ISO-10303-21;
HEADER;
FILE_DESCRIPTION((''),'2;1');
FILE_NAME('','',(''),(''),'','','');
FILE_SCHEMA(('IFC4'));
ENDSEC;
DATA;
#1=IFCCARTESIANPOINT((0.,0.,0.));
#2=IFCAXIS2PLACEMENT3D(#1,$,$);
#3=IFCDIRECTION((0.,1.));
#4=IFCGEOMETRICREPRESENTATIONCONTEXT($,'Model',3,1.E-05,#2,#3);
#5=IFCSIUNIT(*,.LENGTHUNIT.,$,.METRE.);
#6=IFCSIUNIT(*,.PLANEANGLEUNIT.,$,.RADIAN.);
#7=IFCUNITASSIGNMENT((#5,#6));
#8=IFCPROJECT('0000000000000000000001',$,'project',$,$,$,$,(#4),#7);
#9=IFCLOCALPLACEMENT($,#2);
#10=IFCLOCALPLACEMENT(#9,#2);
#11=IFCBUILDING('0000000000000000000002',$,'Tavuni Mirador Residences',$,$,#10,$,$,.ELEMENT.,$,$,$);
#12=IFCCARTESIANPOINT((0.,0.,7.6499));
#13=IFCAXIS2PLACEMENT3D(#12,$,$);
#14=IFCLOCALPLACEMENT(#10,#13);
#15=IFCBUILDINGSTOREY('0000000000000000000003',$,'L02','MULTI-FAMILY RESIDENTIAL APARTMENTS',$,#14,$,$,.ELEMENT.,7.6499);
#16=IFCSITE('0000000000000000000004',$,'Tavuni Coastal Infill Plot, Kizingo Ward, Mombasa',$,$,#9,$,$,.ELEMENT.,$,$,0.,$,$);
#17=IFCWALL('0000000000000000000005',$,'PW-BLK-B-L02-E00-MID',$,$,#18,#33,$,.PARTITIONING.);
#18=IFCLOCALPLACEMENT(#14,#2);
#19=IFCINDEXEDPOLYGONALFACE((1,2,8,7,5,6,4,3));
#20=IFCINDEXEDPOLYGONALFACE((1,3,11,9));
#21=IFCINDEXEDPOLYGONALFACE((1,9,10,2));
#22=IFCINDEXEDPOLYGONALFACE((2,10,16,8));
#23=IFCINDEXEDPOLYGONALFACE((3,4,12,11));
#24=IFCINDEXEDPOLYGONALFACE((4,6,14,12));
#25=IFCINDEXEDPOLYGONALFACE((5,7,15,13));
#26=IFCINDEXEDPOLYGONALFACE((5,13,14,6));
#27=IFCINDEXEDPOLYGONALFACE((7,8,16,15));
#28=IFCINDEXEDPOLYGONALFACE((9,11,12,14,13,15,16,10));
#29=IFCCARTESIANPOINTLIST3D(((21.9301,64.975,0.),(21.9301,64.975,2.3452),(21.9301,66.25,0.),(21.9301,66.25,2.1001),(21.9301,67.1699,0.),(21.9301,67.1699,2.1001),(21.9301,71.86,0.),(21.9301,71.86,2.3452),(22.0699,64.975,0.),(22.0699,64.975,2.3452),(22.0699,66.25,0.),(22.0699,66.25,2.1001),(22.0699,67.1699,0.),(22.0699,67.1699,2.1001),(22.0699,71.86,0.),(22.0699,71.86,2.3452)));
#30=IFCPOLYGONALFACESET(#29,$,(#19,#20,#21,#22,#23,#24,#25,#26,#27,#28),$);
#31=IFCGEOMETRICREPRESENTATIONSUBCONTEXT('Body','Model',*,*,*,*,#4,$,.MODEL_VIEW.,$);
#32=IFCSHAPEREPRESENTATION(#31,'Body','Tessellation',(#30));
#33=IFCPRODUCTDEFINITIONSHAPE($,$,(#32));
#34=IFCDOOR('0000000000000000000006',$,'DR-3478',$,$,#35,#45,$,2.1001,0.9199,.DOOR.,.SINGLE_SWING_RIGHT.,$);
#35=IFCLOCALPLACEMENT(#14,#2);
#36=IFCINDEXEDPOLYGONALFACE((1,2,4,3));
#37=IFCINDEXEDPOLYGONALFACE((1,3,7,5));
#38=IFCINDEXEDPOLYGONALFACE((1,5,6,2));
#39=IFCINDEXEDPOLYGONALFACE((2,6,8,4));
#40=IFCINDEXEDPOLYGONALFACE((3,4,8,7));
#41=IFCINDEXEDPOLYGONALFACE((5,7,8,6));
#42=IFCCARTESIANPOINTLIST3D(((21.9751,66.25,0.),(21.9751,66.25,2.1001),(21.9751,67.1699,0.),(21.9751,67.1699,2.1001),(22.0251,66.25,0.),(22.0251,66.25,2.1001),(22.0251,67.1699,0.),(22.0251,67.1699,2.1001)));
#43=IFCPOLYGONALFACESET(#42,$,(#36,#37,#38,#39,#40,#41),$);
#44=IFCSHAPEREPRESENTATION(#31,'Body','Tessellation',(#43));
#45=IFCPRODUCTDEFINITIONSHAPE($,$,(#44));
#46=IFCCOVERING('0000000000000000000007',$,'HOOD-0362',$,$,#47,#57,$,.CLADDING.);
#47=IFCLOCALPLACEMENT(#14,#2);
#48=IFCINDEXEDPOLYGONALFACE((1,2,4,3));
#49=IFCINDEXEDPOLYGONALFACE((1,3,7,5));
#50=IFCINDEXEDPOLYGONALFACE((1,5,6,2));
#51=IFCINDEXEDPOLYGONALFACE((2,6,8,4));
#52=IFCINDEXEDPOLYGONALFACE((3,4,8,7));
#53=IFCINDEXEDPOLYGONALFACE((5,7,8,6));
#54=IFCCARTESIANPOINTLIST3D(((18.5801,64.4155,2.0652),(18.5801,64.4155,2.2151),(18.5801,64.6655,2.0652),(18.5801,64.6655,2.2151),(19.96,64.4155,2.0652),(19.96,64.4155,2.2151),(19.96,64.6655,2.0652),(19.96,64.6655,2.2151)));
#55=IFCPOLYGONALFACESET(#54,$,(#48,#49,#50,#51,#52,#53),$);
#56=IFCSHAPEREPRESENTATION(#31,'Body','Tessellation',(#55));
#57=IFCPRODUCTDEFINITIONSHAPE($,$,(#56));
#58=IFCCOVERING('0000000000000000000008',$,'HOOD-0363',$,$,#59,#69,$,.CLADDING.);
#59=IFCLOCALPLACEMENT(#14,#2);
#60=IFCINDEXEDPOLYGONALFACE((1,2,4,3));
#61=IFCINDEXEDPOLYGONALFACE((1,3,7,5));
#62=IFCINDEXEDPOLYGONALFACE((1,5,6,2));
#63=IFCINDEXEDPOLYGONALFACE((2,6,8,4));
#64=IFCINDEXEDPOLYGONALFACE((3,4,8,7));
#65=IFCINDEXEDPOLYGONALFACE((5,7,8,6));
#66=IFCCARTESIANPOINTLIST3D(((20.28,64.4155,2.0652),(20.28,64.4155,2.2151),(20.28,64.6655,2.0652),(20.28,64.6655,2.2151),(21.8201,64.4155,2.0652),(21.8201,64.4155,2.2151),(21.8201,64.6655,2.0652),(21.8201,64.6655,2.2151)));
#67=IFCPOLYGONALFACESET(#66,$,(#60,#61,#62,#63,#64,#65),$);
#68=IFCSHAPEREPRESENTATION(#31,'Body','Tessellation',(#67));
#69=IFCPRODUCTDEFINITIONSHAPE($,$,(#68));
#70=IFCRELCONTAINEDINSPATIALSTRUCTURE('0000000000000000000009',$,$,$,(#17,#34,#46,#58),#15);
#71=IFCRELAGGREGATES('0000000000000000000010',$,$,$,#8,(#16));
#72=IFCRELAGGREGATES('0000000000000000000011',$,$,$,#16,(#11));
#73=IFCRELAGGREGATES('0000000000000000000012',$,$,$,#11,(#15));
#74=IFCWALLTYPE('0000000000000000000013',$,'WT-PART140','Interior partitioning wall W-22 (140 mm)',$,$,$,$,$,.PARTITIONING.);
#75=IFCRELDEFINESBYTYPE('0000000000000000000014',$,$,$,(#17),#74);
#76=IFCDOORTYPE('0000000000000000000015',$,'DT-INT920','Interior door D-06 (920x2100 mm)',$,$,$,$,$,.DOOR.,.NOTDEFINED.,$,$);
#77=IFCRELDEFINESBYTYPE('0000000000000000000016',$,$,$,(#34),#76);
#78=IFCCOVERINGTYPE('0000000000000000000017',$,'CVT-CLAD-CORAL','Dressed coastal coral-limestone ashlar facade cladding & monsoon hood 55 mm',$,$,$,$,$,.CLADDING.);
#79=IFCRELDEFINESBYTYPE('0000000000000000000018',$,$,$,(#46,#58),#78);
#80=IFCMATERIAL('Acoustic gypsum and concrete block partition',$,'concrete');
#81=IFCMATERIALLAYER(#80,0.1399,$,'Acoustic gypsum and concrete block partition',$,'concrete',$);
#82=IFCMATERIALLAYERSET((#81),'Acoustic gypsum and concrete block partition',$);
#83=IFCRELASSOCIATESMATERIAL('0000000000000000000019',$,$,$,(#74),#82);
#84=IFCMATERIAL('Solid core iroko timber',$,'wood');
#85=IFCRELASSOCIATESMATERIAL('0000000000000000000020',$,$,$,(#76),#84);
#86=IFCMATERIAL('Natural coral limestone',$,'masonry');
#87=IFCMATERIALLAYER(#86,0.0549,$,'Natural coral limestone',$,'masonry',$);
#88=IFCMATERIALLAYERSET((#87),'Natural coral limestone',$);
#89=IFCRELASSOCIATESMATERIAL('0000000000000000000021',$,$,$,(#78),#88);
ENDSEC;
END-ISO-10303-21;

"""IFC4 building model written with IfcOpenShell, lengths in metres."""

from ifc_helpers import new_model, si_unit, direction, frame, frame_2d, origin, origin_2d, place, context, subcontext, project, spatial, rectangle, extrude, material, layer, layer_set, type_object, element, fill, save


model = new_model("IFC4")

# Units and contexts
model_context = context("Model", 3, precision=1e-05, world=origin(), true_north=direction((0.0, 1.0)))
body_context = subcontext(model_context, "Body", "Model", "MODEL_VIEW")
ifc_project = project(units=[si_unit("LENGTHUNIT", "METRE"), si_unit("PLANEANGLEUNIT", "RADIAN")], contexts=[model_context])

# Site, building, storey
site_placement = place(None, origin())
site = spatial("IfcSite", under=ifc_project, at=site_placement, Name="Tavuni Coastal Infill Plot, Kizingo Ward, Mombasa", CompositionType="ELEMENT", RefElevation=0.0)
building_placement = place(site_placement, origin())
building = spatial("IfcBuilding", under=site, at=building_placement, Name="Tavuni Mirador Residences", CompositionType="ELEMENT")
storey_placement = place(building_placement, frame((0.0, 0.0, 7.6499)))
storey = spatial("IfcBuildingStorey", under=building, at=storey_placement, Name="L02", Description="MULTI-FAMILY RESIDENTIAL APARTMENTS", CompositionType="ELEMENT", Elevation=7.6499)

# Shared definitions
ifc_material_1 = material(Name="Solid core iroko timber", Category="wood")

# Wall, opening, door
ifc_material_2 = material(Name="Acoustic gypsum and concrete block partition", Category="concrete")
ifc_layer_1 = layer(ifc_material_2, 0.1399, Name="Acoustic gypsum and concrete block partition", Category="concrete")
ifc_layer_set_1 = layer_set([ifc_layer_1], Name="Acoustic gypsum and concrete block partition")
wall_type_1 = type_object("IfcWallType", Name="WT-PART140", Description="Interior partitioning wall W-22 (140 mm)", PredefinedType="PARTITIONING", material=ifc_layer_set_1)
wall_1_placement = place(storey_placement, frame((22.0, 64.9751, 0.0), z_axis=(0.0, 0.0, 1.0), x_axis=(0.0, 1.0, 0.0)))
wall_1 = element("IfcWall", 1, at=wall_1_placement, inside=storey, type_object=wall_type_1, Name="PW-BLK-B-L02-E00-MID", PredefinedType="PARTITIONING", context=body_context, shape_type="SweptSolid", body=[
    extrude(rectangle(XDim=6.885, YDim=0.1399, at=frame_2d((3.4424, 0.0))), origin(), (0.0, 0.0, 1.0), 2.3452),
])
opening_1_placement = place(wall_1_placement, frame((1.2749, 0.0, 0.0)))
opening_1 = element("IfcOpeningElement", 2, at=opening_1_placement, cuts=wall_1, PredefinedType="OPENING", context=body_context, shape_type="SweptSolid", body=[
    extrude(rectangle(XDim=0.9199, YDim=2.1001, at=frame_2d((0.46, 1.05))), frame((0.0, 0.0801, 0.0), z_axis=(0.0, -1.0, 0.0), x_axis=(1.0, 0.0, 0.0)), (0.0, 0.0, 1.0), 0.1599),
])
door_type_1 = type_object("IfcDoorType", Name="DT-INT920", Description="Interior door D-06 (920x2100 mm)", OperationType="NOTDEFINED", PredefinedType="DOOR", material=ifc_material_1)
door_1_placement = place(opening_1_placement, origin())
door_1 = element("IfcDoor", 3, at=door_1_placement, inside=storey, type_object=door_type_1, Name="DR-3478", OperationType="SINGLE_SWING_RIGHT", OverallHeight=2.1001, OverallWidth=0.9199, PredefinedType="DOOR", context=body_context, shape_type="SweptSolid", body=[
    extrude(rectangle(XDim=0.9199, YDim=2.1001, at=frame_2d((0.46, 1.05))), frame((0.0, 0.0249, 0.0), z_axis=(0.0, -1.0, 0.0), x_axis=(1.0, 0.0, 0.0)), (0.0, 0.0, 1.0), 0.05),
])
fill(opening_1, door_1)

# Coverings
ifc_material_3 = material(Name="Natural coral limestone", Category="masonry")
ifc_layer_2 = layer(ifc_material_3, 0.0549, Name="Natural coral limestone", Category="masonry")
ifc_layer_set_2 = layer_set([ifc_layer_2], Name="Natural coral limestone")
covering_type = type_object("IfcCoveringType", Name="CVT-CLAD-CORAL", Description="Dressed coastal coral-limestone ashlar facade cladding & monsoon hood 55 mm", PredefinedType="CLADDING", material=ifc_layer_set_2)
covering_1_placement = place(storey_placement, frame((19.27, 64.5405, 2.0652), z_axis=(0.0, 0.0, 1.0), x_axis=(1.0, 0.0, 0.0)))
element("IfcCovering", 4, at=covering_1_placement, inside=storey, type_object=covering_type, Name="HOOD-0362", PredefinedType="CLADDING", context=body_context, shape_type="SweptSolid", body=[
    extrude(rectangle(XDim=1.3799, YDim=0.25, at=origin_2d()), origin(), (0.0, 0.0, 1.0), 0.1499),
])
covering_2_placement = place(storey_placement, frame((21.05, 64.5405, 2.0652), z_axis=(0.0, 0.0, 1.0), x_axis=(1.0, 0.0, 0.0)))
element("IfcCovering", 5, at=covering_2_placement, inside=storey, type_object=covering_type, Name="HOOD-0363", PredefinedType="CLADDING", context=body_context, shape_type="SweptSolid", body=[
    extrude(rectangle(XDim=1.54, YDim=0.25, at=origin_2d()), origin(), (0.0, 0.0, 1.0), 0.1499),
])

save(model, "model.ifc")
